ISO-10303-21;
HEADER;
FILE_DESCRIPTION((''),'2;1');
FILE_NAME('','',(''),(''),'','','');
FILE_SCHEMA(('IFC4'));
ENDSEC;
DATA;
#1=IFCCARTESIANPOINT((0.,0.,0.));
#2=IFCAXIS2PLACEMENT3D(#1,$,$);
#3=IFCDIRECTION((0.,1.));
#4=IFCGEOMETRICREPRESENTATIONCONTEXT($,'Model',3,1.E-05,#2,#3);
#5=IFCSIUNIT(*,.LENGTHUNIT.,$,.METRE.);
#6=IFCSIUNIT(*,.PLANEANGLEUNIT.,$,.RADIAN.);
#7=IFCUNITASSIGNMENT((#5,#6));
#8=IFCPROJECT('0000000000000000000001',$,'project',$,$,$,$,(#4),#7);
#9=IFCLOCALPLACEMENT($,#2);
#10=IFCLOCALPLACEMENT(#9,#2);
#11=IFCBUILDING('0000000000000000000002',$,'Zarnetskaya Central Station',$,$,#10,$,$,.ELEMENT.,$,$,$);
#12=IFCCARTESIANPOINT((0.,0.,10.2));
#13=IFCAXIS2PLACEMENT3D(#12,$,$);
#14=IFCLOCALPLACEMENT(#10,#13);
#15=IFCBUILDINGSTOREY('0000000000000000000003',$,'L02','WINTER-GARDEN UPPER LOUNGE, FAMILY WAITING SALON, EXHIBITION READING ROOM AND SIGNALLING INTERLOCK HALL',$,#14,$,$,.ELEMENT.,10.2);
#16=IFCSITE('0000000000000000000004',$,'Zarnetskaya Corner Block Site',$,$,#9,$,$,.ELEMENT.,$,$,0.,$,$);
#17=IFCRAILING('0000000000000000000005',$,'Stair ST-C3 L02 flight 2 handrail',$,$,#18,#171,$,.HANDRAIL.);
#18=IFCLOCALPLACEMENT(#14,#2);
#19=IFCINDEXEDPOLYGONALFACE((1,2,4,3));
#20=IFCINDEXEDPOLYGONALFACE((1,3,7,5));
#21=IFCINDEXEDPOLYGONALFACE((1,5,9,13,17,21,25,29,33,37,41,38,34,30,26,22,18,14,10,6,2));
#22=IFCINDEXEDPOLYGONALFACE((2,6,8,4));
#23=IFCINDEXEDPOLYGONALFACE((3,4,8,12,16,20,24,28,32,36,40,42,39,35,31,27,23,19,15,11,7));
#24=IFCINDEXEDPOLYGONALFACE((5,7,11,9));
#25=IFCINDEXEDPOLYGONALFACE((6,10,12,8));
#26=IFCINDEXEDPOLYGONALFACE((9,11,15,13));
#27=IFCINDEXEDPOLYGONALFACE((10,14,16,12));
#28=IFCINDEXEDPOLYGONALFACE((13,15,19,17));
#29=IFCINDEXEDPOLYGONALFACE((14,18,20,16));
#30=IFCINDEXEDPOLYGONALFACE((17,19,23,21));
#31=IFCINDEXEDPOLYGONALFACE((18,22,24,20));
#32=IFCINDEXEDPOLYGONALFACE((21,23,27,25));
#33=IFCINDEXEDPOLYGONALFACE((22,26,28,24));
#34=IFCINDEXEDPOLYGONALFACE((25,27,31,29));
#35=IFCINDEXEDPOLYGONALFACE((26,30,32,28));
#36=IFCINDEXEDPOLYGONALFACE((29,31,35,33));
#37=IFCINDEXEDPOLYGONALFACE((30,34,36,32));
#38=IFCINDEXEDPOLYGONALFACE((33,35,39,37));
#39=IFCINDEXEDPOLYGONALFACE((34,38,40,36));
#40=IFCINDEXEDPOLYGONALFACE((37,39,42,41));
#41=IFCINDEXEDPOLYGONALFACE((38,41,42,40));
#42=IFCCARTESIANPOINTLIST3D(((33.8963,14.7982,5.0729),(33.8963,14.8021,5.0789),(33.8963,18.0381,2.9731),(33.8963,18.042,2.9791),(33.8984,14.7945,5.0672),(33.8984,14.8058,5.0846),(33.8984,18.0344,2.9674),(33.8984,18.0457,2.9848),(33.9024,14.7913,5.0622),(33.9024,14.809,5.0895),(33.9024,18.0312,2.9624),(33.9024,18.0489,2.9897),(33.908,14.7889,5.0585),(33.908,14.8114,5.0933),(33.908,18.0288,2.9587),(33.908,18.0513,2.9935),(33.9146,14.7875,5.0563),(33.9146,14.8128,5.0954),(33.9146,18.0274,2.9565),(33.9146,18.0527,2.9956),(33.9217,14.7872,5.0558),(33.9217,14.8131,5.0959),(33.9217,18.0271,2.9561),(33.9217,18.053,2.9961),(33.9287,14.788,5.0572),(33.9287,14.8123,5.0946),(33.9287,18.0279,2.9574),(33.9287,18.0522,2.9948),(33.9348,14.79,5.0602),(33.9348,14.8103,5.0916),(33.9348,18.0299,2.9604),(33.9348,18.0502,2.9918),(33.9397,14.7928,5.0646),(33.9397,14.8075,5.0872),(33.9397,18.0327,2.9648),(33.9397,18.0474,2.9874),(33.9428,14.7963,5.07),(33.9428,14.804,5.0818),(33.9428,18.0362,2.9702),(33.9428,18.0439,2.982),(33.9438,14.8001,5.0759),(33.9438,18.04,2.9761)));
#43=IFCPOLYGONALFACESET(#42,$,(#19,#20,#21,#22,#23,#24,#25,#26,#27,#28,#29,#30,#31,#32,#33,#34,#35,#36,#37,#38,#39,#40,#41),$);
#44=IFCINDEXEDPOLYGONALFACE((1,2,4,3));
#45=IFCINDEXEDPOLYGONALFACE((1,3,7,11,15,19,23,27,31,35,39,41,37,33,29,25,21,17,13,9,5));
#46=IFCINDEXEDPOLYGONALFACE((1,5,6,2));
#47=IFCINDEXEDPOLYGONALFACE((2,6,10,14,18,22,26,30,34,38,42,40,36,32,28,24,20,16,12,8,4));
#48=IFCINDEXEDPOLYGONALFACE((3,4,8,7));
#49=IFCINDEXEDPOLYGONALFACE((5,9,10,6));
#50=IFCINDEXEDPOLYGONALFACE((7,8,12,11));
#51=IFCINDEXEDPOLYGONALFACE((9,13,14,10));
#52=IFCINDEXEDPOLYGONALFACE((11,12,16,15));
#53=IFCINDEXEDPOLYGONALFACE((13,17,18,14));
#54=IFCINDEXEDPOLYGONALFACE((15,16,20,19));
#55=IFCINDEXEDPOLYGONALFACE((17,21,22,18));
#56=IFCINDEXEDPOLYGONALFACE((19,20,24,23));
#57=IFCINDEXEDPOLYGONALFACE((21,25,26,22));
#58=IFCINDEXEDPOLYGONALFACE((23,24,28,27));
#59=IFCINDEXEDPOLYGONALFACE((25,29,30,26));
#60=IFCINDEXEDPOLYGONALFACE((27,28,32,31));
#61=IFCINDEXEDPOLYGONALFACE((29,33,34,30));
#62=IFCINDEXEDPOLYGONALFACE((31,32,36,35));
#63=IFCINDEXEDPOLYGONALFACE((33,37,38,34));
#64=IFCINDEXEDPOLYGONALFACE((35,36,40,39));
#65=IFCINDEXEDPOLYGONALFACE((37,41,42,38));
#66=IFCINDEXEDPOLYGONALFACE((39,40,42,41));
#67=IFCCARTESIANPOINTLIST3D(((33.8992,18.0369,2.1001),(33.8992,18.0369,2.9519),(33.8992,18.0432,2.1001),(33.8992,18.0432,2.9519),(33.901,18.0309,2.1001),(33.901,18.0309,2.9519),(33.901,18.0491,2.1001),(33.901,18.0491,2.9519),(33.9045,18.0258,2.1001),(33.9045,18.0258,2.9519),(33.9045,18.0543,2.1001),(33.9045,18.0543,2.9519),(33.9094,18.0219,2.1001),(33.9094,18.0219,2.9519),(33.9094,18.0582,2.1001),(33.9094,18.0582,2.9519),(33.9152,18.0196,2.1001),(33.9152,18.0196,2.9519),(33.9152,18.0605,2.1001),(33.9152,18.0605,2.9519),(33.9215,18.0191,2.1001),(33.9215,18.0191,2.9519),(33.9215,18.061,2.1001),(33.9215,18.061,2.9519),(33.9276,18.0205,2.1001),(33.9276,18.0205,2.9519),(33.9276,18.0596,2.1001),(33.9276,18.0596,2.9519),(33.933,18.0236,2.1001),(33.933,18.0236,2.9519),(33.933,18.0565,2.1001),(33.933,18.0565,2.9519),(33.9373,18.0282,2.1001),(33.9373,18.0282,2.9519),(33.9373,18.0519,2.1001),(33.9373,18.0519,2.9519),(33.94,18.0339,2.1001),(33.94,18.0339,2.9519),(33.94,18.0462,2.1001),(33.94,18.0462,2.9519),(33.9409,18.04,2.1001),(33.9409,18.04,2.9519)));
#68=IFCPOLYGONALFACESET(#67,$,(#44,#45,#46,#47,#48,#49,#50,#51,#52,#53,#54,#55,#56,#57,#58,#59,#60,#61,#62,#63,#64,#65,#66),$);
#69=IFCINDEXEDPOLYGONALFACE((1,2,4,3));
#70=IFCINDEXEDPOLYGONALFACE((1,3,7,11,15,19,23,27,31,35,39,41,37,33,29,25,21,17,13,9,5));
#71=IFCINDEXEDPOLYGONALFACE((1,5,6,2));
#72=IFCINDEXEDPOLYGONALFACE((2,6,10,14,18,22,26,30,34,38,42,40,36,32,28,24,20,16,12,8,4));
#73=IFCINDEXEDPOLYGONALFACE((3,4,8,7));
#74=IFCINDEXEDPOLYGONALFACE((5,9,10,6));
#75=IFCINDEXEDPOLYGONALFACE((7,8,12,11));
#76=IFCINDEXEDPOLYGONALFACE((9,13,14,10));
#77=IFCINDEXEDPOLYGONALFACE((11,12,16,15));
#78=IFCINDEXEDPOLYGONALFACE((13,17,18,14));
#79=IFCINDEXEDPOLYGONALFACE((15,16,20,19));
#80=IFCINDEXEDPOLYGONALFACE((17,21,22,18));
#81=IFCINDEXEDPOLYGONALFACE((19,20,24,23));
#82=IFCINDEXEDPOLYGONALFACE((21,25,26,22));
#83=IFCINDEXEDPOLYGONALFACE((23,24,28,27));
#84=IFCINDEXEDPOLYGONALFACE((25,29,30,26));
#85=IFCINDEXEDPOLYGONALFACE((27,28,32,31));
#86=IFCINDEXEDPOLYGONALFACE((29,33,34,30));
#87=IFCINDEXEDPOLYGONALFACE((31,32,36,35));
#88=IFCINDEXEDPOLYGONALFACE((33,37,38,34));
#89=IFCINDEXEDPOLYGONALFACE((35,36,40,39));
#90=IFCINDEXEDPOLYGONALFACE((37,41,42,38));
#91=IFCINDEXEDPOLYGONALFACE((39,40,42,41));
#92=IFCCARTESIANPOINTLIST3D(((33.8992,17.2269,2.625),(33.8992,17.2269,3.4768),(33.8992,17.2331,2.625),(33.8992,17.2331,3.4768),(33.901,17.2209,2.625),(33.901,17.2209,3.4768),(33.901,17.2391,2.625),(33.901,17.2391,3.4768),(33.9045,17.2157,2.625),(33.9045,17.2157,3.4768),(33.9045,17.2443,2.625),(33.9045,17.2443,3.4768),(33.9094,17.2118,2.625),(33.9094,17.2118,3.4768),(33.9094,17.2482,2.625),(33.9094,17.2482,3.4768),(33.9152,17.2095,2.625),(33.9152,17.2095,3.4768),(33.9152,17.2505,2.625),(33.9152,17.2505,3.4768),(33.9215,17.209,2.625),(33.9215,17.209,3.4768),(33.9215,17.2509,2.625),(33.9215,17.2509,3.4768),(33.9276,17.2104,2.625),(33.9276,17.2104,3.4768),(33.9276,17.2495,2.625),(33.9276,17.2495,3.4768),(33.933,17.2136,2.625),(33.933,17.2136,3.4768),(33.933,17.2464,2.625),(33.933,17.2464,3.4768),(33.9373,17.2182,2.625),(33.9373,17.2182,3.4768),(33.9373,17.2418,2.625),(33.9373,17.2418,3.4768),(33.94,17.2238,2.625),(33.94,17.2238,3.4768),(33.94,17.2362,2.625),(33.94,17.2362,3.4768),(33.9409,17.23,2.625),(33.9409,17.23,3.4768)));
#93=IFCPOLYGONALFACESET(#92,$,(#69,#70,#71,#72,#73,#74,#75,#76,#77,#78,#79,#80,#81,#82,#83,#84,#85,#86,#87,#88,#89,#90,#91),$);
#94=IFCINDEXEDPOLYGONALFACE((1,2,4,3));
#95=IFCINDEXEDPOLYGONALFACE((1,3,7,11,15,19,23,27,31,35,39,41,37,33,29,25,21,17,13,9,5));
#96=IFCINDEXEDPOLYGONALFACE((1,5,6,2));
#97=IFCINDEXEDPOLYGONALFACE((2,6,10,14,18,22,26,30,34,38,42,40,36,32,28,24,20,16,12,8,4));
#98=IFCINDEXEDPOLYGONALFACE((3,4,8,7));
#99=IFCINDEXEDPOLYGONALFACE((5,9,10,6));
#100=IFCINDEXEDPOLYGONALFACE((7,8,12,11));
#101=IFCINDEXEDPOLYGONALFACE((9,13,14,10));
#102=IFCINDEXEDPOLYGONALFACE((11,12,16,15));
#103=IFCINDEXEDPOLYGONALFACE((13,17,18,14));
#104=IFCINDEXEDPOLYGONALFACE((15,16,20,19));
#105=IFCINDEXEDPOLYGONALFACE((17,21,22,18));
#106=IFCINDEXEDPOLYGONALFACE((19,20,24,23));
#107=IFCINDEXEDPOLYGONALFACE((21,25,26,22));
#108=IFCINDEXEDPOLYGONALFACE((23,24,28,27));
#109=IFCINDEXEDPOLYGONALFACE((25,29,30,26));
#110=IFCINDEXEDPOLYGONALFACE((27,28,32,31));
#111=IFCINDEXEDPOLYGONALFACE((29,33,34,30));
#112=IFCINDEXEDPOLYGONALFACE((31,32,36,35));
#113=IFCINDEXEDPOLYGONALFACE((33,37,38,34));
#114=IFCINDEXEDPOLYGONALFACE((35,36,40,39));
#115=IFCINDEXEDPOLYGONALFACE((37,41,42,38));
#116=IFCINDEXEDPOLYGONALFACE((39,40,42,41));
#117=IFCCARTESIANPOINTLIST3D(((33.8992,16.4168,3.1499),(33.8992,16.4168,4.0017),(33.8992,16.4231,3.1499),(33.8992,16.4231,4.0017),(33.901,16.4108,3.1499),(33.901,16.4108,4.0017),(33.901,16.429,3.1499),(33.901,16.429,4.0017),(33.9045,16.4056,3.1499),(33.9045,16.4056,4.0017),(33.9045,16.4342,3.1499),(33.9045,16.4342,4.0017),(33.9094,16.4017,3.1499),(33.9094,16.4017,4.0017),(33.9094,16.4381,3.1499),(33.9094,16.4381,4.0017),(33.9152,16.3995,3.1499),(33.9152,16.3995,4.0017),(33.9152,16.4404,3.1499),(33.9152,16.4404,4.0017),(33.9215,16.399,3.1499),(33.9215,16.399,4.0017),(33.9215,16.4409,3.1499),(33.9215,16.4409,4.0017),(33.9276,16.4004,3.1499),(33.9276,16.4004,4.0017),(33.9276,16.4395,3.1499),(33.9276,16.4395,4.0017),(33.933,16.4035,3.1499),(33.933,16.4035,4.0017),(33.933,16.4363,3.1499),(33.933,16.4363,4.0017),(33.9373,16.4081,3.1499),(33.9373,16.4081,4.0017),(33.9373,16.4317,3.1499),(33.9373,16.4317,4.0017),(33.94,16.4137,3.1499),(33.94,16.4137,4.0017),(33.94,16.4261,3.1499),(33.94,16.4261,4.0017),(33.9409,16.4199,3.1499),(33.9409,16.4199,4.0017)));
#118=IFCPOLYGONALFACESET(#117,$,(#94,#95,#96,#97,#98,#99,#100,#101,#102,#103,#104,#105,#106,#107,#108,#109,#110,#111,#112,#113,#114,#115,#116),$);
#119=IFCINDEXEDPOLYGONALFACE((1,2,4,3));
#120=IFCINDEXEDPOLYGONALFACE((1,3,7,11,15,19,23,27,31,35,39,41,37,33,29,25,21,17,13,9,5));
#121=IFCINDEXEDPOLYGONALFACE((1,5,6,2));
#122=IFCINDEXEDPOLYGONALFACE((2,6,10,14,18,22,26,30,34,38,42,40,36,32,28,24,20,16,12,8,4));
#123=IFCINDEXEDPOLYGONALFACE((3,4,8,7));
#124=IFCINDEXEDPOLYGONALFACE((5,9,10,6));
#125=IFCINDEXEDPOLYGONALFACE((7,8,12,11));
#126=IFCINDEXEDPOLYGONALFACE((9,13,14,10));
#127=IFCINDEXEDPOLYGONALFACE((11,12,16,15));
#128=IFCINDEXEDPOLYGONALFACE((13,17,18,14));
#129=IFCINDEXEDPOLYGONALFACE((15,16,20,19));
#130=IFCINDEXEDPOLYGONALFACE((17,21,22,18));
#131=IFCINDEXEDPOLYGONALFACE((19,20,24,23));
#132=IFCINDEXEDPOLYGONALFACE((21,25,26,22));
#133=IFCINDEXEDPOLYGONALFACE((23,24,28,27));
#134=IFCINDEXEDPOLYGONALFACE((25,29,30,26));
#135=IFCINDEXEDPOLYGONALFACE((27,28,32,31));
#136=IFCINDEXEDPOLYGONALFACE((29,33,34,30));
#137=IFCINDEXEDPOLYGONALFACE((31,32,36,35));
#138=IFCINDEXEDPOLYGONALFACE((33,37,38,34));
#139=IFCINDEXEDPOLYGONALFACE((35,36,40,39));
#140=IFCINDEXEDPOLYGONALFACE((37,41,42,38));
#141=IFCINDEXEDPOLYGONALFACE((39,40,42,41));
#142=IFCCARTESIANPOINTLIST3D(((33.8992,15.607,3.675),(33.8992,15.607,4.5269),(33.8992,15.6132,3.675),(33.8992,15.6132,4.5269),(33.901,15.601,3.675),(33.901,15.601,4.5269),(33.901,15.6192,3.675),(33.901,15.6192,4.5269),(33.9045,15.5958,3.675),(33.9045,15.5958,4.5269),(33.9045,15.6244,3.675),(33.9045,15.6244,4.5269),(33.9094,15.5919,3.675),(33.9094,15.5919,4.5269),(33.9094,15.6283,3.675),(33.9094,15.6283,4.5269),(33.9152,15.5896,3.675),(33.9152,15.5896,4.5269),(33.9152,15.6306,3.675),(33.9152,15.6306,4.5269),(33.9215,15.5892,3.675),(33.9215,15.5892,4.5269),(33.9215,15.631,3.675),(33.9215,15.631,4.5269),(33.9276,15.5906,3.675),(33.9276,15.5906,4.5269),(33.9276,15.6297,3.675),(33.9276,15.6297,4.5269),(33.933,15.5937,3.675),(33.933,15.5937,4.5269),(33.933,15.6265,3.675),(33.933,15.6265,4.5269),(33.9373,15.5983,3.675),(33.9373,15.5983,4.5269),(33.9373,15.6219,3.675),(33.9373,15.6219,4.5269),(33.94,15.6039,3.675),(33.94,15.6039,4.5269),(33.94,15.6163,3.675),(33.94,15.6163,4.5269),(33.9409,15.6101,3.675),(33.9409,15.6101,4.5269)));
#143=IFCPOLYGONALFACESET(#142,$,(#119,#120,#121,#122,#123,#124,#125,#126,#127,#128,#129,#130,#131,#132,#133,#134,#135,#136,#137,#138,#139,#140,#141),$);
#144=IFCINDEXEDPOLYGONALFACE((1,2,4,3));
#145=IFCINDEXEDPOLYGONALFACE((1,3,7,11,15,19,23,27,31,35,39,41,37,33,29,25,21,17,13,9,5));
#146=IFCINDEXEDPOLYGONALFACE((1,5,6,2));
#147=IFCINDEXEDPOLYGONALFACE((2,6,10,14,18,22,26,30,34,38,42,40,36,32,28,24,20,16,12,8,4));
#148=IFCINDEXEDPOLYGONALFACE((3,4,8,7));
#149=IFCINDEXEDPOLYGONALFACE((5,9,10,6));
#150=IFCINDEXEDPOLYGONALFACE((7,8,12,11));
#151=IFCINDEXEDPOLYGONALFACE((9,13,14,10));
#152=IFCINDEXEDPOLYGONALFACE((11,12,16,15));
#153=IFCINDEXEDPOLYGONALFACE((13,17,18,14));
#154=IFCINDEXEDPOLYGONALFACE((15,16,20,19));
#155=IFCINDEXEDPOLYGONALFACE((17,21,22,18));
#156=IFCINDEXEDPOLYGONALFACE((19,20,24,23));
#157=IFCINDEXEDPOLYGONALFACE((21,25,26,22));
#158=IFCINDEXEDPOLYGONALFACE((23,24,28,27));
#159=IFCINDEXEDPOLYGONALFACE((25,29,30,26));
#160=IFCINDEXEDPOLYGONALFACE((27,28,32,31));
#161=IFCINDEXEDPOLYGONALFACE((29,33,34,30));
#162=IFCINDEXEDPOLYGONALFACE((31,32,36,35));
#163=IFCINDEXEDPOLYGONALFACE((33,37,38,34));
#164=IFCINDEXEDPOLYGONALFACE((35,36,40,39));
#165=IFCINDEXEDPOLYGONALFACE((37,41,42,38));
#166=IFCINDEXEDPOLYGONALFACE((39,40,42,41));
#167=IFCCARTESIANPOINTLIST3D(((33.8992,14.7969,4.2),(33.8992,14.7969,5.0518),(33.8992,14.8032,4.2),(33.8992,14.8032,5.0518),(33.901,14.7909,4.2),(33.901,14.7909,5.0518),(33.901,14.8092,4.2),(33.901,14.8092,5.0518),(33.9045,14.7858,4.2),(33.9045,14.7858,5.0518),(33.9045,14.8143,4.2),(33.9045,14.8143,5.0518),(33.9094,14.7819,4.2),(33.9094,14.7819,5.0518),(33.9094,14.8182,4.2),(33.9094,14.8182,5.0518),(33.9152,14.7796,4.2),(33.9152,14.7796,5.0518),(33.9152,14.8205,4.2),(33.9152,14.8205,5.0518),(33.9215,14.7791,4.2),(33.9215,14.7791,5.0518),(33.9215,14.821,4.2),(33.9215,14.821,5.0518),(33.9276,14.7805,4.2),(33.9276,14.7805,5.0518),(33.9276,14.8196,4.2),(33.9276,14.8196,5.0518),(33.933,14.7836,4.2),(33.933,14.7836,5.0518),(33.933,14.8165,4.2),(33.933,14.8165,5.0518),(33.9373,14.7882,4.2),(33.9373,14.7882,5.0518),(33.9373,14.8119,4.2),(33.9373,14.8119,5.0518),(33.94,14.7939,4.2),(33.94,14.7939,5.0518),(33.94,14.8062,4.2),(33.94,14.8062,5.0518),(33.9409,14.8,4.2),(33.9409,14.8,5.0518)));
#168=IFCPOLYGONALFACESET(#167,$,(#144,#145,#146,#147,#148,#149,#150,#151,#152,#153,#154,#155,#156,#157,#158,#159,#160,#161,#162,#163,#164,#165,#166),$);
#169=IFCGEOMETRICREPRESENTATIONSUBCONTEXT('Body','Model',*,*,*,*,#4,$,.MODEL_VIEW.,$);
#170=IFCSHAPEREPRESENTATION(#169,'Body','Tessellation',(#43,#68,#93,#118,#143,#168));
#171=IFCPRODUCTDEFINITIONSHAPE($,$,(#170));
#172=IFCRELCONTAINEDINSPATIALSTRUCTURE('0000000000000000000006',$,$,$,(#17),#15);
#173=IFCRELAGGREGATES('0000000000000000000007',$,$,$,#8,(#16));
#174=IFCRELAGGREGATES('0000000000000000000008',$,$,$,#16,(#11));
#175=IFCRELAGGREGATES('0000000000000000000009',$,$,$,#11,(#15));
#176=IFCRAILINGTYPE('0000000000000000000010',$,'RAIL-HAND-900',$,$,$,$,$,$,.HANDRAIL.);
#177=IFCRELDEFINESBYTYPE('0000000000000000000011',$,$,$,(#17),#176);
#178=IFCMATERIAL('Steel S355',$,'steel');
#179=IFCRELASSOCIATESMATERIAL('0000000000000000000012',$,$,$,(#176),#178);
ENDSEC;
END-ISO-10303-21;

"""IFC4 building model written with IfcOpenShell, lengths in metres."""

from ifc_helpers import new_model, si_unit, direction, frame, origin, origin_2d, place, context, subcontext, project, spatial, circle, extrude, material, type_object, element, save


model = new_model("IFC4")

# Units and contexts
model_context = context("Model", 3, precision=1e-05, world=origin(), true_north=direction((0.0, 1.0)))
body_context = subcontext(model_context, "Body", "Model", "MODEL_VIEW")
ifc_project = project(units=[si_unit("LENGTHUNIT", "METRE"), si_unit("PLANEANGLEUNIT", "RADIAN")], contexts=[model_context])

# Site, building, storey
site_placement = place(None, origin())
site = spatial("IfcSite", under=ifc_project, at=site_placement, Name="Zarnetskaya Corner Block Site", CompositionType="ELEMENT", RefElevation=0.0)
building_placement = place(site_placement, origin())
building = spatial("IfcBuilding", under=site, at=building_placement, Name="Zarnetskaya Central Station", CompositionType="ELEMENT")
storey_placement = place(building_placement, frame((0.0, 0.0, 10.2)))
storey = spatial("IfcBuildingStorey", under=building, at=storey_placement, Name="L02", Description="WINTER-GARDEN UPPER LOUNGE, FAMILY WAITING SALON, EXHIBITION READING ROOM AND SIGNALLING INTERLOCK HALL", CompositionType="ELEMENT", Elevation=10.2)

# Railing
ifc_material_1 = material(Name="Steel S355", Category="steel")
railing_type = type_object("IfcRailingType", Name="RAIL-HAND-900", PredefinedType="HANDRAIL", material=ifc_material_1)
railing_placement = place(storey_placement, frame((33.9199, 18.04, 2.1001)))
element("IfcRailing", 1, at=railing_placement, inside=storey, type_object=railing_type, Name="Stair ST-C3 L02 flight 2 handrail", PredefinedType="HANDRAIL", context=body_context, shape_type="SweptSolid", body=[
    extrude(circle(Radius=0.0239, at=origin_2d()), frame((0.0, 0.0, 0.876), z_axis=(0.0, -0.83917, 0.54387), x_axis=(1.0, 0.0, 0.0)), (0.0, 0.0, 1.0), 3.8608),
    extrude(circle(Radius=0.021, at=origin_2d()), origin(), (0.0, 0.0, 1.0), 0.8518),
    extrude(circle(Radius=0.021, at=origin_2d()), frame((0.0, -0.8101, 0.5249)), (0.0, 0.0, 1.0), 0.8518),
    extrude(circle(Radius=0.021, at=origin_2d()), frame((0.0, -1.6201, 1.0498)), (0.0, 0.0, 1.0), 0.8518),
    extrude(circle(Radius=0.021, at=origin_2d()), frame((0.0, -2.4299, 1.575)), (0.0, 0.0, 1.0), 0.8518),
    extrude(circle(Radius=0.021, at=origin_2d()), frame((0.0, -3.24, 2.0999)), (0.0, 0.0, 1.0), 0.8518),
])

save(model, "model.ifc")
